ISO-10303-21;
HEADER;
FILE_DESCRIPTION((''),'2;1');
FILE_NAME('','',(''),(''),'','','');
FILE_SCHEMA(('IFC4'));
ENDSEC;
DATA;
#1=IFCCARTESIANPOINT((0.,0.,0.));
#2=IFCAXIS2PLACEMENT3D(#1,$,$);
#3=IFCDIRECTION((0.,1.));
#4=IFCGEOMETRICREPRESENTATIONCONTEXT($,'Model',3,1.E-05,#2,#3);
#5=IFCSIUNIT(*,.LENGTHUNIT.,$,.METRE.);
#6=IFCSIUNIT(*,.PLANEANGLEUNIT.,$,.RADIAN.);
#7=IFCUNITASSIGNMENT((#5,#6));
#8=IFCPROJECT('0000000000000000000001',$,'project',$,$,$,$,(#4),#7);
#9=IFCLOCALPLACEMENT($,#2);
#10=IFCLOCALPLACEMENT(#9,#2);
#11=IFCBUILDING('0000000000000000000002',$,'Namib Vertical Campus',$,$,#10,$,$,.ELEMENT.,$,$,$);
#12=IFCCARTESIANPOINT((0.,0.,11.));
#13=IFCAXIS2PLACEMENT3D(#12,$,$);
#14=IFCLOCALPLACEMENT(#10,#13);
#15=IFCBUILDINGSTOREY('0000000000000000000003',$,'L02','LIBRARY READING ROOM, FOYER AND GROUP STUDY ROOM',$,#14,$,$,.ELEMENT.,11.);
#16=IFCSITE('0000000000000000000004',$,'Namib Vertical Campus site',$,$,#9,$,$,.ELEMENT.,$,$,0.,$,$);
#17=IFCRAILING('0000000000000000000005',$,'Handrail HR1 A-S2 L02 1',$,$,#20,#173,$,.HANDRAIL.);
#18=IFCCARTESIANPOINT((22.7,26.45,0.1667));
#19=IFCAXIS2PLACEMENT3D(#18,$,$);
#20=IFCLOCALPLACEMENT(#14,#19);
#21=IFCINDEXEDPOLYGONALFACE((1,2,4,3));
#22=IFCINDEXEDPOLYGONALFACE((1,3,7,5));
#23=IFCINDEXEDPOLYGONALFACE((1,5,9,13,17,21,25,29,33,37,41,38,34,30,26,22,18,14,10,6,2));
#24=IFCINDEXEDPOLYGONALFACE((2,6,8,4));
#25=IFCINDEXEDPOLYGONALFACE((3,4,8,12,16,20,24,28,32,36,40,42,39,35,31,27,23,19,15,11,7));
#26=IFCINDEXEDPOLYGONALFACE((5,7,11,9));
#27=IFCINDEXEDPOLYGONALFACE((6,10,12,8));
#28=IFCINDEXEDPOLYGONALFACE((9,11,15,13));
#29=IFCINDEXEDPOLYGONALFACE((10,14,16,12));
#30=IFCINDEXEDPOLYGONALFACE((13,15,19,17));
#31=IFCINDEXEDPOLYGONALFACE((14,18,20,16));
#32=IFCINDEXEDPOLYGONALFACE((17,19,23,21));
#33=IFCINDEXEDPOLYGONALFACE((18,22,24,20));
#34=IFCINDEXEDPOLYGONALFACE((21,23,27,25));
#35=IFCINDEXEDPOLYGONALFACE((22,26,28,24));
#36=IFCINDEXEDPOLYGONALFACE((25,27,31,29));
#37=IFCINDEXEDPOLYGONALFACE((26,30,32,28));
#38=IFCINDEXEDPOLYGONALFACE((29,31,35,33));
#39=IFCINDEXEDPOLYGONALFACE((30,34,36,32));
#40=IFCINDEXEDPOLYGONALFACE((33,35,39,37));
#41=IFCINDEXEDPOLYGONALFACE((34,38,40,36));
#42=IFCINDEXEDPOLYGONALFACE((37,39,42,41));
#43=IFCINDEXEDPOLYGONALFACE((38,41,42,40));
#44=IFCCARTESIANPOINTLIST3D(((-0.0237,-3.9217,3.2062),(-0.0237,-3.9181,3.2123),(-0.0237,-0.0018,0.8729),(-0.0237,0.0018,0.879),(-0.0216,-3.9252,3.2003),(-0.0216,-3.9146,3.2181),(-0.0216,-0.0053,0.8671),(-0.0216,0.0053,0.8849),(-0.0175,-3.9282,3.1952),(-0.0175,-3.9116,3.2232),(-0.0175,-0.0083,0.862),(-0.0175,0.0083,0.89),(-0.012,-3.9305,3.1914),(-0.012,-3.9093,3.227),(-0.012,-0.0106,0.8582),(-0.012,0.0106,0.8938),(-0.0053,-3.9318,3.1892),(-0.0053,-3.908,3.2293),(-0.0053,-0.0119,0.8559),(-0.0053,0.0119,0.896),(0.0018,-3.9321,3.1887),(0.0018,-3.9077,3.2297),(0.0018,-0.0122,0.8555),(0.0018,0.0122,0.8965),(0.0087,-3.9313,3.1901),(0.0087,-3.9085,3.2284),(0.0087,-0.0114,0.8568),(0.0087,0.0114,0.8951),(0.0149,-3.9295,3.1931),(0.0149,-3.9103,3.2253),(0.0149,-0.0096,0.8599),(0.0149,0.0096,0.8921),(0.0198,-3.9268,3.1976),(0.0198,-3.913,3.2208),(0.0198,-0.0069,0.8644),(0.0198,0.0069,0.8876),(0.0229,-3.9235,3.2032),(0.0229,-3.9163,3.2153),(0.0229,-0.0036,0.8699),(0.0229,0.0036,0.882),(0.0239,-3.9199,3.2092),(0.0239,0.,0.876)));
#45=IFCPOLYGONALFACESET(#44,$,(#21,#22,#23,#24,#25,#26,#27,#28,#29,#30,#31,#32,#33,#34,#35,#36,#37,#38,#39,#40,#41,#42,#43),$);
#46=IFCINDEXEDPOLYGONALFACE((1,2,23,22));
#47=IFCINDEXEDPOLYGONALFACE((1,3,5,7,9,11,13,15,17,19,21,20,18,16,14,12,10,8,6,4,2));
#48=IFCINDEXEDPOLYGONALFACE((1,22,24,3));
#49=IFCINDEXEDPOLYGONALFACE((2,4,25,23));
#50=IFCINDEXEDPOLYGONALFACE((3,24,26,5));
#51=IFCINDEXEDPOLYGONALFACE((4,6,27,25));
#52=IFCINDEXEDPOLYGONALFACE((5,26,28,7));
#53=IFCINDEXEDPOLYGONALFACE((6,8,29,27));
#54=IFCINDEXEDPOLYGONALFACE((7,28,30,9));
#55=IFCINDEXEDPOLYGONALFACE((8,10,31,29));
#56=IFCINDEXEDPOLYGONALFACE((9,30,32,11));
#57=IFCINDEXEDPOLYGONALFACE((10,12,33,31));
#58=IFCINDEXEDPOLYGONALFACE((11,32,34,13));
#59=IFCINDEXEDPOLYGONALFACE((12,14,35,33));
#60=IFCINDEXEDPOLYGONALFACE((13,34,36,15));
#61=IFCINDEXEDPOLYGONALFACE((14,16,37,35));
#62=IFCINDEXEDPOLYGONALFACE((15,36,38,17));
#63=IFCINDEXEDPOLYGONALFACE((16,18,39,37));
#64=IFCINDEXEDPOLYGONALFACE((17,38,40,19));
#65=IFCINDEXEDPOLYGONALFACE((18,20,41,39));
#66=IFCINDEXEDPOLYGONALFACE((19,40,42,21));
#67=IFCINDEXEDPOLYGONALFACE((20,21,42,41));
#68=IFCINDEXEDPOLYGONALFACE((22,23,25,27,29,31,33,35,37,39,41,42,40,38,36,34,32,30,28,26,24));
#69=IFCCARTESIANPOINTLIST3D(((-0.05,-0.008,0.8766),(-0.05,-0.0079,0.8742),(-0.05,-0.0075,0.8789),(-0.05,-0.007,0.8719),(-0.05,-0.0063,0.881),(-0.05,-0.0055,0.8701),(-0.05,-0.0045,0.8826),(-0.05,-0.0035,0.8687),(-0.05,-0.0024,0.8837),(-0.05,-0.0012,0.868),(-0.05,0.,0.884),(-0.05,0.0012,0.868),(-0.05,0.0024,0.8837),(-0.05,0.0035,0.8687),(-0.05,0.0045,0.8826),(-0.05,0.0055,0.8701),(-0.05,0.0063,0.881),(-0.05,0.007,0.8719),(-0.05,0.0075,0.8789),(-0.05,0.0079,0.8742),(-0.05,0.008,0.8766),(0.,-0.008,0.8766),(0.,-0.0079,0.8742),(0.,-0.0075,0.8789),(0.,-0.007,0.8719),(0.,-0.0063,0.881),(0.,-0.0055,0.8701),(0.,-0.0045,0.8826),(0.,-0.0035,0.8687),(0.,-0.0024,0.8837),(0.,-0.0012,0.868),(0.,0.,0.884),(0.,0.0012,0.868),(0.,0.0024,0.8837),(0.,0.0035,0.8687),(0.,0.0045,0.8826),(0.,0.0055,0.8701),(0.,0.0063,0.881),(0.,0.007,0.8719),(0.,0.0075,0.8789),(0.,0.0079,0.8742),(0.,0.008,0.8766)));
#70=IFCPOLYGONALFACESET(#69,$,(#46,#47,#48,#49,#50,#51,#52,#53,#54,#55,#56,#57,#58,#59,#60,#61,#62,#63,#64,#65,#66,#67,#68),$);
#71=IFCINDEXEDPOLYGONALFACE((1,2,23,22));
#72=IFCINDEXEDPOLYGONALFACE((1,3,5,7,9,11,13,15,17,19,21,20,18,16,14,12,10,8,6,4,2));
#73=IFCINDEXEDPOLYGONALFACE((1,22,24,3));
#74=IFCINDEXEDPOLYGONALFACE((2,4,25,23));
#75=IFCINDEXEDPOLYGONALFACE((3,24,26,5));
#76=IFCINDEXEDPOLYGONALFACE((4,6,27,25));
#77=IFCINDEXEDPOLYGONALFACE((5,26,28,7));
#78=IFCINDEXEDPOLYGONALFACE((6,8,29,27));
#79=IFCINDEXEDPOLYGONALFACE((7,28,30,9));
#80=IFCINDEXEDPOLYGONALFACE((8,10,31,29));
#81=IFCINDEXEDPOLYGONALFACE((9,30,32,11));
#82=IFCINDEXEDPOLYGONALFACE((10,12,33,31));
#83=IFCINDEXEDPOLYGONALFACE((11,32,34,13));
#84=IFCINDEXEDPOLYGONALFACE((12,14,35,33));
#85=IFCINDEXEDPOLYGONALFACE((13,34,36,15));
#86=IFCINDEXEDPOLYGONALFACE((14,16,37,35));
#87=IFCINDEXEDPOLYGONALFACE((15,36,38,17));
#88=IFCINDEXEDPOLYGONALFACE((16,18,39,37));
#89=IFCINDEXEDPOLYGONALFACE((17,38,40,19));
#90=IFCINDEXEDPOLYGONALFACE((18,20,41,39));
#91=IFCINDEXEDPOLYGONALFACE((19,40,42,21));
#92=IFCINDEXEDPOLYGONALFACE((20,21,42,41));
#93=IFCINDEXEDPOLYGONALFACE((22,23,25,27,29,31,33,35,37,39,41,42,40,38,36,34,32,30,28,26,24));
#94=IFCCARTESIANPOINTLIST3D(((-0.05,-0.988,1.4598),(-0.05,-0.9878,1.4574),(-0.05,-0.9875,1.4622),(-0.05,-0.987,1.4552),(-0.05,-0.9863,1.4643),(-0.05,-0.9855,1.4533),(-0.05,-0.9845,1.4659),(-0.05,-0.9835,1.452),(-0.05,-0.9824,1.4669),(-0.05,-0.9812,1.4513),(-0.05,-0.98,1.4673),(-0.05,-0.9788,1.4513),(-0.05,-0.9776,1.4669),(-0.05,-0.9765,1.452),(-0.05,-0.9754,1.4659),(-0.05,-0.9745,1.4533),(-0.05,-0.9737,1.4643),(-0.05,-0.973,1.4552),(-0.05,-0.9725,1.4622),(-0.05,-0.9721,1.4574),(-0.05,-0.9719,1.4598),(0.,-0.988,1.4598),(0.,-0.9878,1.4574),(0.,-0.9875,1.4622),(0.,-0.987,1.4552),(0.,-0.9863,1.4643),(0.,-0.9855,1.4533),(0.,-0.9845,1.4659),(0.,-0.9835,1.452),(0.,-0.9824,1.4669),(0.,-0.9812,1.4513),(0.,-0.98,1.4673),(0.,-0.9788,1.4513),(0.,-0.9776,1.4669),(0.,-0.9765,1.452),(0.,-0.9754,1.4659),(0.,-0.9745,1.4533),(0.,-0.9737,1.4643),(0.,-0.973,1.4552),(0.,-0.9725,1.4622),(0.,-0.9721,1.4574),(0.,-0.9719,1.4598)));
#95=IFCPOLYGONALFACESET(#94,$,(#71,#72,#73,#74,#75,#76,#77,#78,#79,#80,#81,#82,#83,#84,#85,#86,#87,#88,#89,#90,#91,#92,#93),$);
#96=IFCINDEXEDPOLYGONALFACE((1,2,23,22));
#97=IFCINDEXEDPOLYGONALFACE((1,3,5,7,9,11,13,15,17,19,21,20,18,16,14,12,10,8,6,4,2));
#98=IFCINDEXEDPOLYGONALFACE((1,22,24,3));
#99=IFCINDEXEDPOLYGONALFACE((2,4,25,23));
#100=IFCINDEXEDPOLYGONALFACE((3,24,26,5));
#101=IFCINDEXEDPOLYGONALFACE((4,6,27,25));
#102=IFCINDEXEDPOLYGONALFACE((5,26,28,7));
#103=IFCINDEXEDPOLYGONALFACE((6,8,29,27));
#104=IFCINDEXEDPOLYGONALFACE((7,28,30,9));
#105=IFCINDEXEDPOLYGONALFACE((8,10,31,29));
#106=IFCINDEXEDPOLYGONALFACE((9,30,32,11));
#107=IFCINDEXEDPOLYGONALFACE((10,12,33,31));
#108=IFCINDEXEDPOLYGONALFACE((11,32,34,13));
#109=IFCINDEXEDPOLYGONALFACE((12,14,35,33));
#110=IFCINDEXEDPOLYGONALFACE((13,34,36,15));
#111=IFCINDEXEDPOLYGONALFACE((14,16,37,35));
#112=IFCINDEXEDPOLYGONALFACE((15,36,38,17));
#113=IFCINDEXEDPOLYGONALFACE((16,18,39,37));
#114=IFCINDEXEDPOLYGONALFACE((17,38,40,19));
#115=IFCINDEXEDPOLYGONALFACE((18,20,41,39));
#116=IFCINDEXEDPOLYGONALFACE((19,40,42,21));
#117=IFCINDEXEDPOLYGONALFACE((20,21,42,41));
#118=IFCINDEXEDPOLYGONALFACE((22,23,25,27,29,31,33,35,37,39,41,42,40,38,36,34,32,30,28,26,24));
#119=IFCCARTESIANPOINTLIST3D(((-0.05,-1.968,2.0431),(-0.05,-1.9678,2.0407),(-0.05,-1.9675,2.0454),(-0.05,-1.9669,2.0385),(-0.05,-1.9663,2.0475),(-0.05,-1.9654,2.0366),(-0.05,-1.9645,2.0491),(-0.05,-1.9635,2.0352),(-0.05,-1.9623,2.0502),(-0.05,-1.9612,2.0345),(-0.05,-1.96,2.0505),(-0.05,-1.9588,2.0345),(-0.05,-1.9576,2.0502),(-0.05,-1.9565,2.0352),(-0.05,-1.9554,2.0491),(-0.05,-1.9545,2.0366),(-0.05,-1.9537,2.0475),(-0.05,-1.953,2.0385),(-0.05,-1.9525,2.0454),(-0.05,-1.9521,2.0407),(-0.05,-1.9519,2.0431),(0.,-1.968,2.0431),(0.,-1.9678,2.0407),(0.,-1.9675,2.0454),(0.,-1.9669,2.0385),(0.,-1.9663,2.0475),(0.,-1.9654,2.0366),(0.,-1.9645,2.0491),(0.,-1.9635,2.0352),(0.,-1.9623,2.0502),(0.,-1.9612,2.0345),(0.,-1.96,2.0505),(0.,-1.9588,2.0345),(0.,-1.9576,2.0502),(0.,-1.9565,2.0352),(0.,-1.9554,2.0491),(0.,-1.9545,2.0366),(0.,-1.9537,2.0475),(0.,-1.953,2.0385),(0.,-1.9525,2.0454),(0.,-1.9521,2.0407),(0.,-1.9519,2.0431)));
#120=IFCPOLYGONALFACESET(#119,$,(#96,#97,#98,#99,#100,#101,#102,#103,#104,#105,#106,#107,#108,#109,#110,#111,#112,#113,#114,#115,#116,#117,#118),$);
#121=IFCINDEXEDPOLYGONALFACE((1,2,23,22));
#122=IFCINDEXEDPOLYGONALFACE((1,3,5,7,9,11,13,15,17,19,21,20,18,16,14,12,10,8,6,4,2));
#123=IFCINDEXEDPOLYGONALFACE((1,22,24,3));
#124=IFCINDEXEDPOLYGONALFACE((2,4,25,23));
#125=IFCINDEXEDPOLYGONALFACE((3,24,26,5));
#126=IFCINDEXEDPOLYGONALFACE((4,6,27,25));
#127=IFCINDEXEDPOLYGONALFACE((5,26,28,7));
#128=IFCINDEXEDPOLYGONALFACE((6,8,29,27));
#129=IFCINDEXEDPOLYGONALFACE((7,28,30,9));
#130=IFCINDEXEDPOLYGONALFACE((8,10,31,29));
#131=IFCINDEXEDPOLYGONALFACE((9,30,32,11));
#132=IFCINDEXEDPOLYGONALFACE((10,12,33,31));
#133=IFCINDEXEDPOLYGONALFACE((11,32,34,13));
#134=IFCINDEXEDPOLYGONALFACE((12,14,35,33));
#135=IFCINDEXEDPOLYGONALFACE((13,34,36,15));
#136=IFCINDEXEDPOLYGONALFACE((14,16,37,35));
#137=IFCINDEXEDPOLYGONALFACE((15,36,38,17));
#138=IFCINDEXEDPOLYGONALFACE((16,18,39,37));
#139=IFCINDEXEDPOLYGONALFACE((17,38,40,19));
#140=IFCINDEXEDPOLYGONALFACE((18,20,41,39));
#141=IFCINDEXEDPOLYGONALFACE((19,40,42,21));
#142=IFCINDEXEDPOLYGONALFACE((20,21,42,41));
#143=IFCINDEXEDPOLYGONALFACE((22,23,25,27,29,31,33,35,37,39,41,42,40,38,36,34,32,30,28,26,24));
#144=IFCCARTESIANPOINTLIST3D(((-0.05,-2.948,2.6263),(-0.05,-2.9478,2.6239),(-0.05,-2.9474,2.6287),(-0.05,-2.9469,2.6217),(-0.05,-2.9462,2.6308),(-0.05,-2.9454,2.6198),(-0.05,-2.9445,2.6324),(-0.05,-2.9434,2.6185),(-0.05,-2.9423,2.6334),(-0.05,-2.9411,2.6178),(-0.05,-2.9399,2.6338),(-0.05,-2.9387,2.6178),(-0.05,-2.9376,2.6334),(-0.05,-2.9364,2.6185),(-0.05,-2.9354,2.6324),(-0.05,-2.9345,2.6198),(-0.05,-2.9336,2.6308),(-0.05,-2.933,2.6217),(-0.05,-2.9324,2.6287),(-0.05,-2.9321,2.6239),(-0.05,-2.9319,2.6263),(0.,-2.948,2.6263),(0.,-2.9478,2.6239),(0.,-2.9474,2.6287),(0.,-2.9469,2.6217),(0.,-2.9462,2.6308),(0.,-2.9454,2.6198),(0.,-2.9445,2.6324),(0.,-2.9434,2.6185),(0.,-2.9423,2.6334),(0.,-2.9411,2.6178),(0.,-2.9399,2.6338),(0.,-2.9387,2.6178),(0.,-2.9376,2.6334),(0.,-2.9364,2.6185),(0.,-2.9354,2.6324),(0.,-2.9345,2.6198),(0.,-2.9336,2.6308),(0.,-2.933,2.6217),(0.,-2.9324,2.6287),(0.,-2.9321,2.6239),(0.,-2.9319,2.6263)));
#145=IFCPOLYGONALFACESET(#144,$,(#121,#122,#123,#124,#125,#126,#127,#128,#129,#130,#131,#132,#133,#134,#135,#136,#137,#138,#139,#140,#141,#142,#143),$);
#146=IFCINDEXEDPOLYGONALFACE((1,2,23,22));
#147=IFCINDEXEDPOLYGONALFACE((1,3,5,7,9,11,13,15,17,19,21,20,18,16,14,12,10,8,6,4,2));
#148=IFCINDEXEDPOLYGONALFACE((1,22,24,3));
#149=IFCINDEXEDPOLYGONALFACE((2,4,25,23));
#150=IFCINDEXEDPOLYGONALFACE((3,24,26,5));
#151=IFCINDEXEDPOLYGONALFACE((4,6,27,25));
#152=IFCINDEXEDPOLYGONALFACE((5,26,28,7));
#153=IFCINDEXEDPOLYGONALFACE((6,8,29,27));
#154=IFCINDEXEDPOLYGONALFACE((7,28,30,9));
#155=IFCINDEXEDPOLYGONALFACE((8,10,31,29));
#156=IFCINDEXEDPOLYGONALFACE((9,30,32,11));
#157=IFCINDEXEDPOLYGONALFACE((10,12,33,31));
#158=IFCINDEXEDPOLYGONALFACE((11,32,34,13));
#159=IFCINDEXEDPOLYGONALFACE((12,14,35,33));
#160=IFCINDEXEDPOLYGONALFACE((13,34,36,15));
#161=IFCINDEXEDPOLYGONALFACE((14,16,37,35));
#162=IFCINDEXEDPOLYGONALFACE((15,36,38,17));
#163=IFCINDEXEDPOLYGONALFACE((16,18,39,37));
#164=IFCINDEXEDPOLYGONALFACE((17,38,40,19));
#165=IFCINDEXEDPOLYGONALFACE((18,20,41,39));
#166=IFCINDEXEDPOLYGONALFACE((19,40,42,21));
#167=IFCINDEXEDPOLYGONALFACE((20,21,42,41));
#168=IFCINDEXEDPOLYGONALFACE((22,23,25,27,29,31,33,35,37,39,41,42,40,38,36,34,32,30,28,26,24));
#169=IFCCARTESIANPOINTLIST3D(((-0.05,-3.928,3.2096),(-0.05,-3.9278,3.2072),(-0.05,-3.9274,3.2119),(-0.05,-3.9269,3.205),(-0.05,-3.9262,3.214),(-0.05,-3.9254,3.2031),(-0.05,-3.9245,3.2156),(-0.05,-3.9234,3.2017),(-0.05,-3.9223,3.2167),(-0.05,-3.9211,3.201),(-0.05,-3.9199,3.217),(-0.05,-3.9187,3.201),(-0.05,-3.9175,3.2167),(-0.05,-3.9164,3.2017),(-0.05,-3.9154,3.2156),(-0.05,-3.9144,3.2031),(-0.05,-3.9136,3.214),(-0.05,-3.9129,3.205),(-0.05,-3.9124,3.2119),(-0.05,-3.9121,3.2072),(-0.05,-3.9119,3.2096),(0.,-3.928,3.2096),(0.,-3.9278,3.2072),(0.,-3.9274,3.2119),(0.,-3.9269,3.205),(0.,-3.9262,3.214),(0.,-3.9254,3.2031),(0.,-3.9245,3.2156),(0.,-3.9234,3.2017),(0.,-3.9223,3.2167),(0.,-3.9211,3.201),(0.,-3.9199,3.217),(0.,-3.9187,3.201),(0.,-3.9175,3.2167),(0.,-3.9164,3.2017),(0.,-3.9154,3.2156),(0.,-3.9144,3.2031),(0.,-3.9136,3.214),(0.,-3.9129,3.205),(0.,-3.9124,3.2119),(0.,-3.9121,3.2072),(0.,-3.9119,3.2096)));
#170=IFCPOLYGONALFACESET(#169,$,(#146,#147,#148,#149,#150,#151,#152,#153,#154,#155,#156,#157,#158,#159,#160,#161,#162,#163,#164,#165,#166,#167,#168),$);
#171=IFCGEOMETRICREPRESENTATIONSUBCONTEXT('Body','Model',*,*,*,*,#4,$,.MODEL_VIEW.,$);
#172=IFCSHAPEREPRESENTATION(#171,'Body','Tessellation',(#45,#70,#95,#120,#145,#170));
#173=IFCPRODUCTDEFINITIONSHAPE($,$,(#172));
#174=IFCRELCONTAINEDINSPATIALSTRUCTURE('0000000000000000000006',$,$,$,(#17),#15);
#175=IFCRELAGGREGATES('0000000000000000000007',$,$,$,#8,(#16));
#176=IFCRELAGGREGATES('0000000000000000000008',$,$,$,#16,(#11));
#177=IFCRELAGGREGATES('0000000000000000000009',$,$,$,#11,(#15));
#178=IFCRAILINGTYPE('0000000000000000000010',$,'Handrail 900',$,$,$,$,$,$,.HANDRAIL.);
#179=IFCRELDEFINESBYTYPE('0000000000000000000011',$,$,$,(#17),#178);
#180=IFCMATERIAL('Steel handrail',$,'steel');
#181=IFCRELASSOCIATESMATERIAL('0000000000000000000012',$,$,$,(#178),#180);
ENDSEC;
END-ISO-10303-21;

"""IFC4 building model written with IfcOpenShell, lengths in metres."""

from ifc_helpers import new_model, si_unit, direction, frame, origin, origin_2d, place, context, subcontext, project, spatial, circle, extrude, material, type_object, element, save


model = new_model("IFC4")

# Units and contexts
model_context = context("Model", 3, precision=1e-05, world=origin(), true_north=direction((0.0, 1.0)))
body_context = subcontext(model_context, "Body", "Model", "MODEL_VIEW")
ifc_project = project(units=[si_unit("LENGTHUNIT", "METRE"), si_unit("PLANEANGLEUNIT", "RADIAN")], contexts=[model_context])

# Site, building, storey
site_placement = place(None, origin())
site = spatial("IfcSite", under=ifc_project, at=site_placement, Name="Namib Vertical Campus site", CompositionType="ELEMENT", RefElevation=0.0)
building_placement = place(site_placement, origin())
building = spatial("IfcBuilding", under=site, at=building_placement, Name="Namib Vertical Campus", CompositionType="ELEMENT")
storey_placement = place(building_placement, frame((0.0, 0.0, 11.0)))
storey = spatial("IfcBuildingStorey", under=building, at=storey_placement, Name="L02", Description="LIBRARY READING ROOM, FOYER AND GROUP STUDY ROOM", CompositionType="ELEMENT", Elevation=11.0)

# Railing
ifc_material_1 = material(Name="Steel handrail", Category="steel")
railing_type_1 = type_object("IfcRailingType", Name="Handrail 900", PredefinedType="HANDRAIL", material=ifc_material_1)
railing_1_placement = place(storey_placement, frame((22.7, 26.45, 0.1667)))
element("IfcRailing", 1, at=railing_1_placement, inside=storey, type_object=railing_type_1, Name="Handrail HR1 A-S2 L02 1", PredefinedType="HANDRAIL", context=body_context, shape_type="SweptSolid", body=[
    extrude(circle(Radius=0.0239, at=origin_2d()), frame((0.0, 0.0, 0.876), z_axis=(0.0, -0.859296, 0.511478), x_axis=(1.0, 0.0, 0.0)), (0.0, 0.0, 1.0), 4.5618),
    extrude(circle(Radius=0.0081, at=origin_2d()), frame((0.0, 0.0, 0.876), z_axis=(-1.0, 0.0, 0.0), x_axis=(0.0, 0.0, 1.0)), (0.0, 0.0, 1.0), 0.05),
    extrude(circle(Radius=0.0081, at=origin_2d()), frame((0.0, -0.98, 1.4592), z_axis=(-1.0, 0.0, 0.0), x_axis=(0.0, 0.0, 1.0)), (0.0, 0.0, 1.0), 0.05),
    extrude(circle(Radius=0.0081, at=origin_2d()), frame((0.0, -1.96, 2.0425), z_axis=(-1.0, 0.0, 0.0), x_axis=(0.0, 0.0, 1.0)), (0.0, 0.0, 1.0), 0.05),
    extrude(circle(Radius=0.0081, at=origin_2d()), frame((0.0, -2.9399, 2.6257), z_axis=(-1.0, 0.0, 0.0), x_axis=(0.0, 0.0, 1.0)), (0.0, 0.0, 1.0), 0.05),
    extrude(circle(Radius=0.0081, at=origin_2d()), frame((0.0, -3.9199, 3.209), z_axis=(-1.0, 0.0, 0.0), x_axis=(0.0, 0.0, 1.0)), (0.0, 0.0, 1.0), 0.05),
])

save(model, "model.ifc")
